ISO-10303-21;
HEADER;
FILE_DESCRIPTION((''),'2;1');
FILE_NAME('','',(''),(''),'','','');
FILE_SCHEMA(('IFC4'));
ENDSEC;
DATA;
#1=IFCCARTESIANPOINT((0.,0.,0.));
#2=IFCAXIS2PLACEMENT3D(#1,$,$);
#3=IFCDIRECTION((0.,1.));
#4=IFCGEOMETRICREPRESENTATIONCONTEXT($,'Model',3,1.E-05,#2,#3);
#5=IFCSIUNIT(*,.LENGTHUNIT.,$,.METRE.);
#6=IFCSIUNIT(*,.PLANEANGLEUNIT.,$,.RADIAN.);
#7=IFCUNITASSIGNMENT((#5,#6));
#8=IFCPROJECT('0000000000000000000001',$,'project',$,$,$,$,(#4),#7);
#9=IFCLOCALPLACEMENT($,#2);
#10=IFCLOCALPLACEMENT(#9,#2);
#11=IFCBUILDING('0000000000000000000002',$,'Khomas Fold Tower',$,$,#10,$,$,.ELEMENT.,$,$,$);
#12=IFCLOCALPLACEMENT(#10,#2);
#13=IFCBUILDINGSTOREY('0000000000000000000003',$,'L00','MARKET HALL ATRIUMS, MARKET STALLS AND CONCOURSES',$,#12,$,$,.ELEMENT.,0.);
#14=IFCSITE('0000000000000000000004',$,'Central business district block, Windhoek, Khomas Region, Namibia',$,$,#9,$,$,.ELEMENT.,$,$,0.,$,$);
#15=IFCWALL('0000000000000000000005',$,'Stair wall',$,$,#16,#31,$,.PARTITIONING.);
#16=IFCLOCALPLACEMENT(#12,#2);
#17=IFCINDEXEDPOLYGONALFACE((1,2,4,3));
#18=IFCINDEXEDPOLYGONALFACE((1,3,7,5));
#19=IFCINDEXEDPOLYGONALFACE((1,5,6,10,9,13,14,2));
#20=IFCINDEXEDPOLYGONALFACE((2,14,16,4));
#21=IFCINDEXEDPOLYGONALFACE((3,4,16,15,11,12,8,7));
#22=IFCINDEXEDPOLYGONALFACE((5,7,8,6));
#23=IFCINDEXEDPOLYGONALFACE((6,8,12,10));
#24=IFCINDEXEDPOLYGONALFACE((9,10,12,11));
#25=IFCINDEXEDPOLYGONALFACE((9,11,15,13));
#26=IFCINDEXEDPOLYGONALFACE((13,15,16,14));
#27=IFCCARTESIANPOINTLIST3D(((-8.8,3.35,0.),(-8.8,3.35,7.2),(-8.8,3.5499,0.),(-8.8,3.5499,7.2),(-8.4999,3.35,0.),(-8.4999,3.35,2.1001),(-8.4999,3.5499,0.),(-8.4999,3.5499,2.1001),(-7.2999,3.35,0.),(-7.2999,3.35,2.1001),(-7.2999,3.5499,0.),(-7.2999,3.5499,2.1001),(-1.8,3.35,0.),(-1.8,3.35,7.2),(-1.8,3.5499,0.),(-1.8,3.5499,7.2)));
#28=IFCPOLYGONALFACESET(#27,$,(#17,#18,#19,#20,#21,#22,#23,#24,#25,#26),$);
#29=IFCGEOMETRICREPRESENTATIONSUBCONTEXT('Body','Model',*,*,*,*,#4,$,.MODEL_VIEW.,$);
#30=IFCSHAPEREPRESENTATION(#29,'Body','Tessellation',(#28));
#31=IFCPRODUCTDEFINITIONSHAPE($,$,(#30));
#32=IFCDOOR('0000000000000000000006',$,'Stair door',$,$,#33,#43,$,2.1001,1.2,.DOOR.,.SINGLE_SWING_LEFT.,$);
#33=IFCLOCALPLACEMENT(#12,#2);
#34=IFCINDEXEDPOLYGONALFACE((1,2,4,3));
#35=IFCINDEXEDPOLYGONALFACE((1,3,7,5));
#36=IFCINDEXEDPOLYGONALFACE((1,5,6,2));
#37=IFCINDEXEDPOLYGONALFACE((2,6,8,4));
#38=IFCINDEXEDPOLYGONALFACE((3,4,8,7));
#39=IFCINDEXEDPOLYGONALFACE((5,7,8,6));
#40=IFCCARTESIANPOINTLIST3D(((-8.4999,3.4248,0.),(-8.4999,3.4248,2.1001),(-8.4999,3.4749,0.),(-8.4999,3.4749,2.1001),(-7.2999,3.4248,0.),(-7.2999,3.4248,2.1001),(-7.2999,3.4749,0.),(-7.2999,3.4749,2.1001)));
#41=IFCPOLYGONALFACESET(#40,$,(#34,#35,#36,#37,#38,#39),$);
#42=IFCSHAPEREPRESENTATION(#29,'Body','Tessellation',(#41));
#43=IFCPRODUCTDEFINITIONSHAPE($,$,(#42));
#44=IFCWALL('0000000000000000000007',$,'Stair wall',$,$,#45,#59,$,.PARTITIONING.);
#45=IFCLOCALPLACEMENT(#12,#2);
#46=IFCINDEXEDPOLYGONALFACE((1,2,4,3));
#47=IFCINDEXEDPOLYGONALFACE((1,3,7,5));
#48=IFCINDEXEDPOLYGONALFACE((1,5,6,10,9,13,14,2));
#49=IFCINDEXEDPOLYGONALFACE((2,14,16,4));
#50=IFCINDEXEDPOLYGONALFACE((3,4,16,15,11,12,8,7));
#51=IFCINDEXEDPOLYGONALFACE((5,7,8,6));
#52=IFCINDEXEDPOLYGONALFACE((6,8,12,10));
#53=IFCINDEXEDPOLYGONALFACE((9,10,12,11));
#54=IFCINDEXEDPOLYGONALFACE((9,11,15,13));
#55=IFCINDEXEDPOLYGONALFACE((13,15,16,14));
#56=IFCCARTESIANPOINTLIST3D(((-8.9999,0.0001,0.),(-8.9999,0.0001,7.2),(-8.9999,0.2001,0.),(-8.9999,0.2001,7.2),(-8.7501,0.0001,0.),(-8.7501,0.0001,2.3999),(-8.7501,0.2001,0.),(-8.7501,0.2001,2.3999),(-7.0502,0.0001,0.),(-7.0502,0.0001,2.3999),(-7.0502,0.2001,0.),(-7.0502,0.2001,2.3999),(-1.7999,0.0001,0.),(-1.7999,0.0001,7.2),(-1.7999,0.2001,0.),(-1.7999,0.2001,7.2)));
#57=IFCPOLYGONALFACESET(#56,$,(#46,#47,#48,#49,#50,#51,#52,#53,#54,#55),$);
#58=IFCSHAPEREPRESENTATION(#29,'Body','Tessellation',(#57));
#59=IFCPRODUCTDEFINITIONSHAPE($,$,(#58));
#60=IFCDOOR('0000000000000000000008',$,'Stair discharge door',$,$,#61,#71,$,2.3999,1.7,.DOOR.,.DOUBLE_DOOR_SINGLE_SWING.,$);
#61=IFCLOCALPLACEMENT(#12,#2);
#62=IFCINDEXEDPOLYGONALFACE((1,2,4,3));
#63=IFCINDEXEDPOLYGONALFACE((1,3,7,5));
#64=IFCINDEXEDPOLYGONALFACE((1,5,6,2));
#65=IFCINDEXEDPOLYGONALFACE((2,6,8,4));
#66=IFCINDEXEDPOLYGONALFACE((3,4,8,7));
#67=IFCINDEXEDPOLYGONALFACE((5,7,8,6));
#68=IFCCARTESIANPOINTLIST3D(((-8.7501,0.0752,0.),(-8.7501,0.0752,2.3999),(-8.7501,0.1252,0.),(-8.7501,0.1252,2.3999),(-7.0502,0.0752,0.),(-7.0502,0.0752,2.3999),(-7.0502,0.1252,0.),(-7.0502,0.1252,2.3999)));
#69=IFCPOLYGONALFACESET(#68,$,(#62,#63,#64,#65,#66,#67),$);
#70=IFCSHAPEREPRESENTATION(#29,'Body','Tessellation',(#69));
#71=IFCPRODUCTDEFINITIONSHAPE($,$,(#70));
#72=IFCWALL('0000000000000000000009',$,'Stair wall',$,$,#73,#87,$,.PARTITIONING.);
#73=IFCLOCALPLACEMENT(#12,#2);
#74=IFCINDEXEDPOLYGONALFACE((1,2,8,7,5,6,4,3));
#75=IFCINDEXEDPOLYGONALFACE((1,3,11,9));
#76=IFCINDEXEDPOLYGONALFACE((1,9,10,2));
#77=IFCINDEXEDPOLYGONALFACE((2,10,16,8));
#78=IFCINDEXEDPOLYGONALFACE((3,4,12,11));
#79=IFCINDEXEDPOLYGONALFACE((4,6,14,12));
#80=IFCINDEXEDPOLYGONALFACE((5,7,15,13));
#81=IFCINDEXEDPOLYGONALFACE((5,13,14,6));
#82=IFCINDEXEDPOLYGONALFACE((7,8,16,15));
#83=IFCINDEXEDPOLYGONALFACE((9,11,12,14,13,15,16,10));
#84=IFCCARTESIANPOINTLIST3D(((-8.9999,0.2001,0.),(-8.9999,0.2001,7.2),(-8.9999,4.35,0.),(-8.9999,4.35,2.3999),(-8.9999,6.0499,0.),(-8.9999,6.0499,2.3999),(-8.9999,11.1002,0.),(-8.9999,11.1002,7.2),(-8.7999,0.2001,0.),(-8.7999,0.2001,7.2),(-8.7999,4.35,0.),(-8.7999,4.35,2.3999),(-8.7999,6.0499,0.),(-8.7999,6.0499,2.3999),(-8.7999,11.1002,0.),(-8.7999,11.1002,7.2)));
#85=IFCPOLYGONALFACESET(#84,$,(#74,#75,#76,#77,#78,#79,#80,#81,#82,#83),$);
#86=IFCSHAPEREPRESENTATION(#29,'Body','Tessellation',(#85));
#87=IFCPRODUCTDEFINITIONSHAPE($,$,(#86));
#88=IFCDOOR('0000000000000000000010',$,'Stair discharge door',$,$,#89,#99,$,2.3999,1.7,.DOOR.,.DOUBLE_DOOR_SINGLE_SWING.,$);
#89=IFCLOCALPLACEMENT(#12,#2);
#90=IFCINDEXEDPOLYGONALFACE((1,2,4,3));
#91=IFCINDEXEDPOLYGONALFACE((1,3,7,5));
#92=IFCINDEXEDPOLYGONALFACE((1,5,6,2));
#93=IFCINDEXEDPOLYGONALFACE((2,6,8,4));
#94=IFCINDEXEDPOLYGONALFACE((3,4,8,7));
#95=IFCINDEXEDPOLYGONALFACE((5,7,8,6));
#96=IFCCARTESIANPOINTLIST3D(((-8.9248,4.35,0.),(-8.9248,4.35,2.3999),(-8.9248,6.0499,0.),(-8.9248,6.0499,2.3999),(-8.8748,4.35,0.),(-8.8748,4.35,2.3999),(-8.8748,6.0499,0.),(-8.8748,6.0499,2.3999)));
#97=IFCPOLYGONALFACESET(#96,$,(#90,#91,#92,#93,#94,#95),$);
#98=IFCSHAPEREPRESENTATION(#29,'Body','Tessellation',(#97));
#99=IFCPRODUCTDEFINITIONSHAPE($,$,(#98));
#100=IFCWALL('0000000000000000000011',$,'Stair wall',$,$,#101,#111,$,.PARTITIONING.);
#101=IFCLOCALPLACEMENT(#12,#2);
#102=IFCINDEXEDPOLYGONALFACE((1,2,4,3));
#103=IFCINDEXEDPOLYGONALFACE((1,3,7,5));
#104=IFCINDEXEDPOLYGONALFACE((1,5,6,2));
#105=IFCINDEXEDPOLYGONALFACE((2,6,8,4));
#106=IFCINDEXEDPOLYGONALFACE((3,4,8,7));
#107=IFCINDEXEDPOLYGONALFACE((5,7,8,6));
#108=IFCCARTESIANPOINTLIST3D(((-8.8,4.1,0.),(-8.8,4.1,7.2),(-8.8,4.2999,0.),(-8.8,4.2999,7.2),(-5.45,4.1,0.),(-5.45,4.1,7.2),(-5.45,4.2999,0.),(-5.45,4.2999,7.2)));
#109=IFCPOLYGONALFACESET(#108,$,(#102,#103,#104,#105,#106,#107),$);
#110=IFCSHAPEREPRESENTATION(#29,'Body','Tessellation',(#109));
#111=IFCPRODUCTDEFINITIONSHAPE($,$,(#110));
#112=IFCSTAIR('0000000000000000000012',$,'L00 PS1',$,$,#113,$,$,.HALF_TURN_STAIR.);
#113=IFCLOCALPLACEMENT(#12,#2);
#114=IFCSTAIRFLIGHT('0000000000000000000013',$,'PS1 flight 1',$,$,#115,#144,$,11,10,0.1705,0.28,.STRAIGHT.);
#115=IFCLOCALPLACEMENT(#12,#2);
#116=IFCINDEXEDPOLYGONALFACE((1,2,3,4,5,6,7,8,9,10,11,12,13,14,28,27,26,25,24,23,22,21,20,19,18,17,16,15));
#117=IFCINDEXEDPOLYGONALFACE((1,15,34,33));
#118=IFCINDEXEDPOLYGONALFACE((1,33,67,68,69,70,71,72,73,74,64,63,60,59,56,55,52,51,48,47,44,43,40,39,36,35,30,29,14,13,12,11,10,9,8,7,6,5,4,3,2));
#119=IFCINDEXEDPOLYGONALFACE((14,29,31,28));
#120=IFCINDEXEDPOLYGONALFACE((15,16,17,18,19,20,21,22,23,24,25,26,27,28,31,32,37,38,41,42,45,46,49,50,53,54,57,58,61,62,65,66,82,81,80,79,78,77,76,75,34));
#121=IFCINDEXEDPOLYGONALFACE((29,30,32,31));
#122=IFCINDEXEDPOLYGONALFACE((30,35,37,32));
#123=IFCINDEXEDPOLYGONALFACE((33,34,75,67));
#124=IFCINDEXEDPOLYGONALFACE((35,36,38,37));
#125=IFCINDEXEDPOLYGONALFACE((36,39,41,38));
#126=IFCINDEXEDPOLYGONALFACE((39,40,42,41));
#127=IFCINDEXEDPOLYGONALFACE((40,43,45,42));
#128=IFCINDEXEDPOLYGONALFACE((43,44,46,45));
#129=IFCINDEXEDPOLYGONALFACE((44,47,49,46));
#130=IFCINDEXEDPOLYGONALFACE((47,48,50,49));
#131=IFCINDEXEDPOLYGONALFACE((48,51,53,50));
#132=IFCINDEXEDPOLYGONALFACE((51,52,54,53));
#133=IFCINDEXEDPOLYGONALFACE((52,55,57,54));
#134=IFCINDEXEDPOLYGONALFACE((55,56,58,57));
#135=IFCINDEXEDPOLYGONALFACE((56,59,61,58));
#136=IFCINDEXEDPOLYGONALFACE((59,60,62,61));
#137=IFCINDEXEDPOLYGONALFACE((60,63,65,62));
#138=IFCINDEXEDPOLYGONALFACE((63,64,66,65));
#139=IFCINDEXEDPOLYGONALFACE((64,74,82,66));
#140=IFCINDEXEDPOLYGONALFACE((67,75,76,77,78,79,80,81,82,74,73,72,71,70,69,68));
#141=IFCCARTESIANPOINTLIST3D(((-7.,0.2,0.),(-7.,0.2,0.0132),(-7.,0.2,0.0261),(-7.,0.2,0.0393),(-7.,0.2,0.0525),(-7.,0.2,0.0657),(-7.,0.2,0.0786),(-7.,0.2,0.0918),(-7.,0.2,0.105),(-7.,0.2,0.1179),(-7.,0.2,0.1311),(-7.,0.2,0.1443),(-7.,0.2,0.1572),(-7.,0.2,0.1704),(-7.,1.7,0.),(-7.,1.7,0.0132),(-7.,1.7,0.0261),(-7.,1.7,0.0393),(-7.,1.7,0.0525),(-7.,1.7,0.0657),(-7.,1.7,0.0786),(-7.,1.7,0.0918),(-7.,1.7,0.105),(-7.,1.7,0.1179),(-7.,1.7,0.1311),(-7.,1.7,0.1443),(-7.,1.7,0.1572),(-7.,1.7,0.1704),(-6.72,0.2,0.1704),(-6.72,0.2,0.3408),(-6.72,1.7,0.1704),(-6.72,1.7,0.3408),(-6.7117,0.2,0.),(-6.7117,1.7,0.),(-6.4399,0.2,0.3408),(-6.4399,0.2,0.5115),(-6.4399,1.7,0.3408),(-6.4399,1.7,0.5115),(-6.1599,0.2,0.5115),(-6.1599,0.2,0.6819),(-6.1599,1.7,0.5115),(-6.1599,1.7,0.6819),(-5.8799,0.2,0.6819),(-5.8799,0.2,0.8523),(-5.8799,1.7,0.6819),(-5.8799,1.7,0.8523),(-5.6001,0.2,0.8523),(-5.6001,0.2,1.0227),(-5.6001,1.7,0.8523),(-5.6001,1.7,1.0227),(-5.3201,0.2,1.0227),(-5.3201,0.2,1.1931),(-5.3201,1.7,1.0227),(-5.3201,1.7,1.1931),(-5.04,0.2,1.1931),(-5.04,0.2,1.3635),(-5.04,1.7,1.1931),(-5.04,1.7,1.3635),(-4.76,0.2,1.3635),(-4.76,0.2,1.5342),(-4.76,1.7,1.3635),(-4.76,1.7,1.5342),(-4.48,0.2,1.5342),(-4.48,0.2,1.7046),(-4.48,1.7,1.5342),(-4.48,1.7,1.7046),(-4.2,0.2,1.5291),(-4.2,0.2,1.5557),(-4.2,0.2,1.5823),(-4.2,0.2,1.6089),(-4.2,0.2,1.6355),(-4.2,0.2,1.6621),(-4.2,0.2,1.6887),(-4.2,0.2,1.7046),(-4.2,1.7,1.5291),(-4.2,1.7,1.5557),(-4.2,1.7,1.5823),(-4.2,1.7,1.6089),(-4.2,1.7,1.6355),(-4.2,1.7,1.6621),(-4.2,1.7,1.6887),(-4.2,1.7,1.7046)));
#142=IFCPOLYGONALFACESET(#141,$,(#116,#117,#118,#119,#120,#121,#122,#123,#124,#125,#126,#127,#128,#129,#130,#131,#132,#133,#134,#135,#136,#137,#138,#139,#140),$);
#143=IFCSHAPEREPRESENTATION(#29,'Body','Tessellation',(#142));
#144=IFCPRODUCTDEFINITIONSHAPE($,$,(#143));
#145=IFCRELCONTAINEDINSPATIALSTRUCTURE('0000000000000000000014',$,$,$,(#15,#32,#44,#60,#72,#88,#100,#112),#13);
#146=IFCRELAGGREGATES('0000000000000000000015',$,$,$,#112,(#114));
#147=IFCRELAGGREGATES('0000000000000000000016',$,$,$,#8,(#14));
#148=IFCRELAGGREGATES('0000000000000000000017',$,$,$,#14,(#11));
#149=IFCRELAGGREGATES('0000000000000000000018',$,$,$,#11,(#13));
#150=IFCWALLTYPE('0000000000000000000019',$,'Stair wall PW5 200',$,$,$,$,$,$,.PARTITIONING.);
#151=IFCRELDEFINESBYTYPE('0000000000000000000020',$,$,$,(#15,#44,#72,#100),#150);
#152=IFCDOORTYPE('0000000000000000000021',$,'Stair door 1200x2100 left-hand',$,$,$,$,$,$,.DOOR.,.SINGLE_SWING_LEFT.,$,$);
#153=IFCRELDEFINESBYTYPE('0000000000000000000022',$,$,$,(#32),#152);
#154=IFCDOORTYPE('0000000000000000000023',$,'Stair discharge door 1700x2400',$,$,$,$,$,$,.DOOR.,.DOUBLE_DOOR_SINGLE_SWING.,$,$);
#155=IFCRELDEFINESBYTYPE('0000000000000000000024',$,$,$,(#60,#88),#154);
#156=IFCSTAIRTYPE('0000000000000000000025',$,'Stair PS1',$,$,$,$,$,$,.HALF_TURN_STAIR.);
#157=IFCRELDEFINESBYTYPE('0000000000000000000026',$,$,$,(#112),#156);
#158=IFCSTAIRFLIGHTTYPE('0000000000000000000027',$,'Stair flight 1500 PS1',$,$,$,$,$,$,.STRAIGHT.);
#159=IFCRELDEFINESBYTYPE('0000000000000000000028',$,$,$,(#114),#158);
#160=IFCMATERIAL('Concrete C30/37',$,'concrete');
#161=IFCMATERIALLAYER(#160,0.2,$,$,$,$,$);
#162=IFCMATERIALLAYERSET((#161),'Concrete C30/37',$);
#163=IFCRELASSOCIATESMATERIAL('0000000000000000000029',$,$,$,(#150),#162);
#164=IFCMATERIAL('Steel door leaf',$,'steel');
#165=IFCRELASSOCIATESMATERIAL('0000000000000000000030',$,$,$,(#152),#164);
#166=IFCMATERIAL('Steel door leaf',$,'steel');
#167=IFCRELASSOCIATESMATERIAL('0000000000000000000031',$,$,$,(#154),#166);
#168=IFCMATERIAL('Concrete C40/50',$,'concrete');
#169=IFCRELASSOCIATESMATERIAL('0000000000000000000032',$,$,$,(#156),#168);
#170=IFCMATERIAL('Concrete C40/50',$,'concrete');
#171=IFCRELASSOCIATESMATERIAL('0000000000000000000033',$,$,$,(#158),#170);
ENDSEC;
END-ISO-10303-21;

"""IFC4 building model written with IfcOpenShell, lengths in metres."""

from ifc_helpers import new_model, si_unit, direction, frame, frame_2d, origin, place, context, subcontext, project, spatial, polyline, rectangle, outline, extrude, source, transform, mapped, material, layer, layer_set, type_object, element, fill, aggregate, save


model = new_model("IFC4")

# Units and contexts
model_context = context("Model", 3, precision=1e-05, world=origin(), true_north=direction((0.0, 1.0)))
body_context = subcontext(model_context, "Body", "Model", "MODEL_VIEW")
ifc_project = project(units=[si_unit("LENGTHUNIT", "METRE"), si_unit("PLANEANGLEUNIT", "RADIAN")], contexts=[model_context])

# Site, building, storey
site_placement = place(None, origin())
site = spatial("IfcSite", under=ifc_project, at=site_placement, Name="Central business district block, Windhoek, Khomas Region, Namibia", CompositionType="ELEMENT", RefElevation=0.0)
building_placement = place(site_placement, origin())
building = spatial("IfcBuilding", under=site, at=building_placement, Name="Khomas Fold Tower", CompositionType="ELEMENT")
storey_placement = place(building_placement, origin())
storey = spatial("IfcBuildingStorey", under=building, at=storey_placement, Name="L00", Description="MARKET HALL ATRIUMS, MARKET STALLS AND CONCOURSES", CompositionType="ELEMENT", Elevation=0.0)

# Walls, openings, doors
ifc_material_1 = material(Name="Concrete C30/37", Category="concrete")
ifc_layer = layer(ifc_material_1, 0.2)
ifc_layer_set = layer_set([ifc_layer], Name="Concrete C30/37")
wall_type = type_object("IfcWallType", Name="Stair wall PW5 200", PredefinedType="PARTITIONING", material=ifc_layer_set)
shared_shape_1 = source(origin(), body_context, "Body", "SweptSolid", [
    extrude(rectangle(XDim=7.0, YDim=0.2, at=frame_2d((3.5, 0.0))), origin(), (0.0, 0.0, 1.0), 7.2),
])
wall_1_placement = place(storey_placement, frame((-8.8, 3.45, 0.0), z_axis=(0.0, 0.0, 1.0), x_axis=(1.0, 0.0, 0.0)))
wall_1 = element("IfcWall", 1, at=wall_1_placement, inside=storey, type_object=wall_type, Name="Stair wall", PredefinedType="PARTITIONING", context=body_context, shape_type="MappedRepresentation", body=[
    mapped(shared_shape_1, transform((0.0, 0.0, 0.0))),
])
shared_shape_2 = source(origin(), body_context, "Body", "SweptSolid", [
    extrude(rectangle(XDim=1.2, YDim=2.1001, at=frame_2d((0.6001, 1.05))), frame((0.0, 0.1099, 0.0), z_axis=(0.0, -1.0, 0.0), x_axis=(1.0, 0.0, 0.0)), (0.0, 0.0, 1.0), 0.22),
])
opening_1_placement = place(wall_1_placement, frame((0.3, 0.0, 0.0)))
opening_1 = element("IfcOpeningElement", 2, at=opening_1_placement, cuts=wall_1, PredefinedType="OPENING", context=body_context, shape_type="MappedRepresentation", body=[
    mapped(shared_shape_2, transform((0.0, 0.0, 0.0))),
])
ifc_material_2 = material(Name="Steel door leaf", Category="steel")
door_type_1 = type_object("IfcDoorType", Name="Stair door 1200x2100 left-hand", OperationType="SINGLE_SWING_LEFT", PredefinedType="DOOR", material=ifc_material_2)
shared_shape_3 = source(origin(), body_context, "Body", "SweptSolid", [
    extrude(rectangle(XDim=1.2, YDim=2.1001, at=frame_2d((0.6001, 1.05))), frame((0.0, 0.0249, 0.0), z_axis=(0.0, -1.0, 0.0), x_axis=(1.0, 0.0, 0.0)), (0.0, 0.0, 1.0), 0.05),
])
door_1_placement = place(opening_1_placement, origin())
door_1 = element("IfcDoor", 3, at=door_1_placement, inside=storey, type_object=door_type_1, Name="Stair door", OperationType="SINGLE_SWING_LEFT", OverallHeight=2.1001, OverallWidth=1.2, PredefinedType="DOOR", context=body_context, shape_type="MappedRepresentation", body=[
    mapped(shared_shape_3, transform((0.0, 0.0, 0.0))),
])
fill(opening_1, door_1)
shared_shape_4 = source(origin(), body_context, "Body", "SweptSolid", [
    extrude(rectangle(XDim=7.2, YDim=0.2, at=frame_2d((3.6001, 0.0))), origin(), (0.0, 0.0, 1.0), 7.2),
])
wall_2_placement = place(storey_placement, frame((-9.0, 0.1001, 0.0), z_axis=(0.0, 0.0, 1.0), x_axis=(1.0, 0.0, 0.0)))
wall_2 = element("IfcWall", 4, at=wall_2_placement, inside=storey, type_object=wall_type, Name="Stair wall", PredefinedType="PARTITIONING", context=body_context, shape_type="MappedRepresentation", body=[
    mapped(shared_shape_4, transform((0.0, 0.0, 0.0))),
])
shared_shape_5 = source(origin(), body_context, "Body", "SweptSolid", [
    extrude(rectangle(XDim=1.7, YDim=2.3999, at=frame_2d((0.8501, 1.2))), frame((0.0, 0.1099, 0.0), z_axis=(0.0, -1.0, 0.0), x_axis=(1.0, 0.0, 0.0)), (0.0, 0.0, 1.0), 0.22),
])
opening_2_placement = place(wall_2_placement, frame((1.95, 0.0, 0.0), z_axis=(0.0, 0.0, 1.0), x_axis=(-1.0, 0.0, 0.0)))
opening_2 = element("IfcOpeningElement", 5, at=opening_2_placement, cuts=wall_2, PredefinedType="OPENING", context=body_context, shape_type="MappedRepresentation", body=[
    mapped(shared_shape_5, transform((0.0, 0.0, 0.0))),
])
ifc_material_3 = material(Name="Steel door leaf", Category="steel")
door_type_2 = type_object("IfcDoorType", Name="Stair discharge door 1700x2400", OperationType="DOUBLE_DOOR_SINGLE_SWING", PredefinedType="DOOR", material=ifc_material_3)
shared_shape_6 = source(origin(), body_context, "Body", "SweptSolid", [
    extrude(rectangle(XDim=1.7, YDim=2.3999, at=frame_2d((0.8501, 1.2))), frame((0.0, 0.0249, 0.0), z_axis=(0.0, -1.0, 0.0), x_axis=(1.0, 0.0, 0.0)), (0.0, 0.0, 1.0), 0.05),
])
door_2_placement = place(opening_2_placement, origin())
door_2 = element("IfcDoor", 6, at=door_2_placement, inside=storey, type_object=door_type_2, Name="Stair discharge door", OperationType="DOUBLE_DOOR_SINGLE_SWING", OverallHeight=2.3999, OverallWidth=1.7, PredefinedType="DOOR", context=body_context, shape_type="MappedRepresentation", body=[
    mapped(shared_shape_6, transform((0.0, 0.0, 0.0))),
])
fill(opening_2, door_2)
shared_shape_7 = source(origin(), body_context, "Body", "SweptSolid", [
    extrude(rectangle(XDim=10.9001, YDim=0.2, at=frame_2d((5.4502, 0.0))), origin(), (0.0, 0.0, 1.0), 7.2),
])
wall_3_placement = place(storey_placement, frame((-8.8999, 0.2, 0.0), z_axis=(0.0, 0.0, 1.0), x_axis=(0.0, 1.0, 0.0)))
wall_3 = element("IfcWall", 7, at=wall_3_placement, inside=storey, type_object=wall_type, Name="Stair wall", PredefinedType="PARTITIONING", context=body_context, shape_type="MappedRepresentation", body=[
    mapped(shared_shape_7, transform((0.0, 0.0, 0.0))),
])
opening_3_placement = place(wall_3_placement, frame((4.1499, 0.0, 0.0)))
opening_3 = element("IfcOpeningElement", 8, at=opening_3_placement, cuts=wall_3, PredefinedType="OPENING", context=body_context, shape_type="MappedRepresentation", body=[
    mapped(shared_shape_5, transform((0.0, 0.0, 0.0))),
])
door_3_placement = place(opening_3_placement, origin())
door_3 = element("IfcDoor", 9, at=door_3_placement, inside=storey, type_object=door_type_2, Name="Stair discharge door", OperationType="DOUBLE_DOOR_SINGLE_SWING", OverallHeight=2.3999, OverallWidth=1.7, PredefinedType="DOOR", context=body_context, shape_type="MappedRepresentation", body=[
    mapped(shared_shape_6, transform((0.0, 0.0, 0.0))),
])
fill(opening_3, door_3)

# Wall
shared_shape_8 = source(origin(), body_context, "Body", "SweptSolid", [
    extrude(rectangle(XDim=3.3501, YDim=0.2, at=frame_2d((1.675, 0.0))), origin(), (0.0, 0.0, 1.0), 7.2),
])
wall_4_placement = place(storey_placement, frame((-8.8, 4.2, 0.0), z_axis=(0.0, 0.0, 1.0), x_axis=(1.0, 0.0, 0.0)))
element("IfcWall", 10, at=wall_4_placement, inside=storey, type_object=wall_type, Name="Stair wall", PredefinedType="PARTITIONING", context=body_context, shape_type="MappedRepresentation", body=[
    mapped(shared_shape_8, transform((0.0, 0.0, 0.0))),
])

# Stair, stair flight
ifc_material_4 = material(Name="Concrete C40/50", Category="concrete")
stair_type_1 = type_object("IfcStairType", Name="Stair PS1", PredefinedType="HALF_TURN_STAIR", material=ifc_material_4)
stair_1_placement = place(storey_placement, origin())
stair_1 = element("IfcStair", 11, at=stair_1_placement, inside=storey, type_object=stair_type_1, Name="L00 PS1", PredefinedType="HALF_TURN_STAIR")
ifc_material_5 = material(Name="Concrete C40/50", Category="concrete")
stair_flight_type_1 = type_object("IfcStairFlightType", Name="Stair flight 1500 PS1", PredefinedType="STRAIGHT", material=ifc_material_5)
shared_shape_9 = source(origin(), body_context, "Body", "SweptSolid", [
    extrude(outline(polyline([(0.0, 0.0), (0.0, 0.0132), (0.0, 0.0261), (0.0, 0.0393), (0.0, 0.0525), (0.0, 0.0657), (0.0, 0.0786), (0.0, 0.0918), (0.0, 0.105), (0.0, 0.1179), (0.0, 0.1311), (0.0, 0.1443), (0.0, 0.1572), (0.0, 0.1704), (0.28, 0.1704), (0.28, 0.3408), (0.5601, 0.3408), (0.5601, 0.5115), (0.8401, 0.5115), (0.8401, 0.6819), (1.1201, 0.6819), (1.1201, 0.8523), (1.3999, 0.8523), (1.3999, 1.0227), (1.6799, 1.0227), (1.6799, 1.1931), (1.96, 1.1931), (1.96, 1.3635), (2.24, 1.3635), (2.24, 1.5342), (2.52, 1.5342), (2.52, 1.7046), (2.8, 1.7046), (2.8, 1.875), (2.8, 1.8484), (2.8, 1.8218), (2.8, 1.7952), (2.8, 1.7686), (2.8, 1.7419), (2.8, 1.7153), (2.8, 1.6887), (2.8, 1.6621), (2.8, 1.6355), (2.8, 1.6089), (2.8, 1.5823), (2.8, 1.5557), (2.8, 1.5291), (0.2883, 0.0), (0.0, 0.0)])), frame((0.0, 0.75, 0.0), z_axis=(0.0, -1.0, 0.0), x_axis=(1.0, 0.0, 0.0)), (0.0, 0.0, 1.0), 1.5),
])
stair_flight_1_placement = place(storey_placement, frame((-7.0, 0.95, 0.0), z_axis=(0.0, 0.0, 1.0), x_axis=(1.0, 0.0, 0.0)))
stair_flight_1 = element("IfcStairFlight", 12, at=stair_flight_1_placement, type_object=stair_flight_type_1, Name="PS1 flight 1", NumberOfRisers=11, NumberOfTreads=10, PredefinedType="STRAIGHT", RiserHeight=0.1705, TreadLength=0.28, context=body_context, shape_type="MappedRepresentation", body=[
    mapped(shared_shape_9, transform((0.0, 0.0, 0.0))),
])
aggregate(stair_1, [stair_flight_1])

save(model, "model.ifc")
